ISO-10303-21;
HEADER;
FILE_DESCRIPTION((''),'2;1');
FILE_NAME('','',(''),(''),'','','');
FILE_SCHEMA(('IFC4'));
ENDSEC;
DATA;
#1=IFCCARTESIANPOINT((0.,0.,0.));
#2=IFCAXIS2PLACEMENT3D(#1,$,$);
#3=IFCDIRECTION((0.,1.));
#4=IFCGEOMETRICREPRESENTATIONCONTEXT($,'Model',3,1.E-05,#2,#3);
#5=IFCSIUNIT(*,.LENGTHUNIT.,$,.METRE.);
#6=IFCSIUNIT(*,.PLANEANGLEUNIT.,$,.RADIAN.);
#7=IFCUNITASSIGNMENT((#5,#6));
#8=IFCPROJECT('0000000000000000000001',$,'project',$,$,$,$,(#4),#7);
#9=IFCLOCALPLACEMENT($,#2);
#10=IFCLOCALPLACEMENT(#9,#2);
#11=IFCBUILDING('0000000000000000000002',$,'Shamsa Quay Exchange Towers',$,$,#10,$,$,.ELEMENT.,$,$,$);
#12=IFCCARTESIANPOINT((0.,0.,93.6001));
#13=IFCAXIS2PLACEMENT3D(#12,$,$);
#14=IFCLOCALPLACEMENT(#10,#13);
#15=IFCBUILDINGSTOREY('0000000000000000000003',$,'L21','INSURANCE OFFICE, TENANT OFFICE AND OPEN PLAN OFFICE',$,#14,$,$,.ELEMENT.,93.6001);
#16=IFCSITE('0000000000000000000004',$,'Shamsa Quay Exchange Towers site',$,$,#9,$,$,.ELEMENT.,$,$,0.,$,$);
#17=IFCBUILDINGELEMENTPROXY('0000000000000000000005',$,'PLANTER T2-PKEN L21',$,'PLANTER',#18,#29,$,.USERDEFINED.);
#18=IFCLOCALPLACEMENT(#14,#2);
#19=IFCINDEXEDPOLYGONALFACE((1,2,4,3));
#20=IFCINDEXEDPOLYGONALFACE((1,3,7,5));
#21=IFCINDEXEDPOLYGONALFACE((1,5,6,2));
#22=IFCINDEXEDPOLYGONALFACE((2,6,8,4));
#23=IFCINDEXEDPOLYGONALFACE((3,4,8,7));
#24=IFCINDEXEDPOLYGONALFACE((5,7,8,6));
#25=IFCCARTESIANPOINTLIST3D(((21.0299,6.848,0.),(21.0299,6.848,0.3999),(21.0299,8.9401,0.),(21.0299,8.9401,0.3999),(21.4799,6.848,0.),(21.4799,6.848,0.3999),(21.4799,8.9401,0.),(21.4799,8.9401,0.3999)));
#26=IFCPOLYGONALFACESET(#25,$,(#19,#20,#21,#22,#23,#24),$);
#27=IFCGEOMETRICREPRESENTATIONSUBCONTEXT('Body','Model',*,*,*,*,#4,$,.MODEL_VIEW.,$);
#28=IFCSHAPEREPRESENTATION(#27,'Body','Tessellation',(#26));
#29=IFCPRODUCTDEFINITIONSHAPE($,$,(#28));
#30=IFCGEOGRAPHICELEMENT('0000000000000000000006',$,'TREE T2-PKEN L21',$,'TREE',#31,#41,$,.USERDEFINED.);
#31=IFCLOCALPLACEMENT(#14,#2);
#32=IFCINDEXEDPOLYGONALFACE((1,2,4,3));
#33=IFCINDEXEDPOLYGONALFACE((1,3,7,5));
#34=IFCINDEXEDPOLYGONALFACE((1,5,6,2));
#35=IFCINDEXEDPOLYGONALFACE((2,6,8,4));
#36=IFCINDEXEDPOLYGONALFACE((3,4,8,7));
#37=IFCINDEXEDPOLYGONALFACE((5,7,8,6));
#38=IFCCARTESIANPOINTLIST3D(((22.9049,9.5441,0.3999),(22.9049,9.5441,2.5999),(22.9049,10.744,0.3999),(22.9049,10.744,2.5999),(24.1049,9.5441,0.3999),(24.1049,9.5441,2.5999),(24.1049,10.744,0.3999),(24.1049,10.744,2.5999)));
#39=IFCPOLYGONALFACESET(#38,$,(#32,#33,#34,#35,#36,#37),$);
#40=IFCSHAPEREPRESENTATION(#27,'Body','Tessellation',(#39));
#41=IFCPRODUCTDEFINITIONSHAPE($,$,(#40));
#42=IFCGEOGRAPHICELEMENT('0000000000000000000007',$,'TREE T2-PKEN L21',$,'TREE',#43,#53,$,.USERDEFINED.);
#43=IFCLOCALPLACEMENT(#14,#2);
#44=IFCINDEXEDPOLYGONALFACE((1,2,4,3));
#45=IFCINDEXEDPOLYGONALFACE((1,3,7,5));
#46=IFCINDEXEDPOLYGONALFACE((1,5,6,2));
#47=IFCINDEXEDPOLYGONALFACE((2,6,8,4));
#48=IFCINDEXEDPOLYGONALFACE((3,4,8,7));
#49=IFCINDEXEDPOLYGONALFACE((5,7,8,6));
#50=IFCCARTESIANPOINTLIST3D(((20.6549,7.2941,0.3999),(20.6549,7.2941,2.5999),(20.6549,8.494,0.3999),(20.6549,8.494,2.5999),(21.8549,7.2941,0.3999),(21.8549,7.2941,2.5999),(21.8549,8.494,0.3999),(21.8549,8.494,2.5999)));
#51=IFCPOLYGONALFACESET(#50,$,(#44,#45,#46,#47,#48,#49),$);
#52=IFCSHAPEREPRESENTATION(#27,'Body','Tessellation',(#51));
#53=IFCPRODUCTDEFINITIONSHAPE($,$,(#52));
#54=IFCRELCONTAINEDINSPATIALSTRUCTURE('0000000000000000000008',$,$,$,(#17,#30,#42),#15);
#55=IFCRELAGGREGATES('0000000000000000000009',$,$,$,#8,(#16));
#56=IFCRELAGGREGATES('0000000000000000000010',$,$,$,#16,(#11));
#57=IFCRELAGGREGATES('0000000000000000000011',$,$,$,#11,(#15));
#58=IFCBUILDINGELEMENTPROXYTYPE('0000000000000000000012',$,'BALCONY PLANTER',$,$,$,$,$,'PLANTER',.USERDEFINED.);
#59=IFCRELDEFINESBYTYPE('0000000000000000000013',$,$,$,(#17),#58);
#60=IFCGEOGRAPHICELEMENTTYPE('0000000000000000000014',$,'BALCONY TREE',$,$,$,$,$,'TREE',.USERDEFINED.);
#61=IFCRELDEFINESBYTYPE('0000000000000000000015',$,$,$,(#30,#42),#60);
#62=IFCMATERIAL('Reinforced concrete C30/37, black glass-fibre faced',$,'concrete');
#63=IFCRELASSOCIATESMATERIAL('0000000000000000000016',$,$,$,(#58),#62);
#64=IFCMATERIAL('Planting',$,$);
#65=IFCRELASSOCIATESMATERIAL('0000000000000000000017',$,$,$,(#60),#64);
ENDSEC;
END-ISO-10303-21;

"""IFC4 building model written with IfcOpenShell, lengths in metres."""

from ifc_helpers import new_model, si_unit, direction, frame, origin, origin_2d, place, context, subcontext, project, spatial, rectangle, extrude, material, type_object, element, save


model = new_model("IFC4")

# Units and contexts
model_context = context("Model", 3, precision=1e-05, world=origin(), true_north=direction((0.0, 1.0)))
body_context = subcontext(model_context, "Body", "Model", "MODEL_VIEW")
ifc_project = project(units=[si_unit("LENGTHUNIT", "METRE"), si_unit("PLANEANGLEUNIT", "RADIAN")], contexts=[model_context])

# Site, building, storey
site_placement = place(None, origin())
site = spatial("IfcSite", under=ifc_project, at=site_placement, Name="Shamsa Quay Exchange Towers site", CompositionType="ELEMENT", RefElevation=0.0)
building_placement = place(site_placement, origin())
building = spatial("IfcBuilding", under=site, at=building_placement, Name="Shamsa Quay Exchange Towers", CompositionType="ELEMENT")
storey_placement = place(building_placement, frame((0.0, 0.0, 93.6001)))
storey = spatial("IfcBuildingStorey", under=building, at=storey_placement, Name="L21", Description="INSURANCE OFFICE, TENANT OFFICE AND OPEN PLAN OFFICE", CompositionType="ELEMENT", Elevation=93.6001)

# Building element proxy
ifc_material_1 = material(Name="Reinforced concrete C30/37, black glass-fibre faced", Category="concrete")
building_element_proxy_type = type_object("IfcBuildingElementProxyType", Name="BALCONY PLANTER", ElementType="PLANTER", PredefinedType="USERDEFINED", material=ifc_material_1)
for number, where, z_axis, x_axis, name in (
    (1, (21.2549, 7.894, 0.0), (0.0, 0.0, 1.0), (0.0, -1.0, 0.0), "PLANTER T2-PKEN L21"),
):
    element("IfcBuildingElementProxy", number, at=place(storey_placement, frame(where, z_axis=z_axis, x_axis=x_axis)), inside=storey, type_object=building_element_proxy_type, Name=name, ObjectType="PLANTER", PredefinedType="USERDEFINED", context=body_context, shape_type="SweptSolid", body=[
        extrude(rectangle(XDim=2.092, YDim=0.45, at=origin_2d()), origin(), (0.0, 0.0, 1.0), 0.3999),
    ])

# Geographic elements
ifc_material_2 = material(Name="Planting")
geographic_element_type = type_object("IfcGeographicElementType", Name="BALCONY TREE", ElementType="TREE", PredefinedType="USERDEFINED", material=ifc_material_2)
for number, where, z_axis, x_axis, name in (
    (2, (23.5049, 10.144, 0.3999), (0.0, 0.0, 1.0), (0.0, -1.0, 0.0), "TREE T2-PKEN L21"),
    (3, (21.2549, 7.894, 0.3999), (0.0, 0.0, 1.0), (0.0, -1.0, 0.0), "TREE T2-PKEN L21"),
):
    element("IfcGeographicElement", number, at=place(storey_placement, frame(where, z_axis=z_axis, x_axis=x_axis)), inside=storey, type_object=geographic_element_type, Name=name, ObjectType="TREE", PredefinedType="USERDEFINED", context=body_context, shape_type="SweptSolid", body=[
        extrude(rectangle(XDim=1.2, YDim=1.2, at=origin_2d()), origin(), (0.0, 0.0, 1.0), 2.2),
    ])

save(model, "model.ifc")
